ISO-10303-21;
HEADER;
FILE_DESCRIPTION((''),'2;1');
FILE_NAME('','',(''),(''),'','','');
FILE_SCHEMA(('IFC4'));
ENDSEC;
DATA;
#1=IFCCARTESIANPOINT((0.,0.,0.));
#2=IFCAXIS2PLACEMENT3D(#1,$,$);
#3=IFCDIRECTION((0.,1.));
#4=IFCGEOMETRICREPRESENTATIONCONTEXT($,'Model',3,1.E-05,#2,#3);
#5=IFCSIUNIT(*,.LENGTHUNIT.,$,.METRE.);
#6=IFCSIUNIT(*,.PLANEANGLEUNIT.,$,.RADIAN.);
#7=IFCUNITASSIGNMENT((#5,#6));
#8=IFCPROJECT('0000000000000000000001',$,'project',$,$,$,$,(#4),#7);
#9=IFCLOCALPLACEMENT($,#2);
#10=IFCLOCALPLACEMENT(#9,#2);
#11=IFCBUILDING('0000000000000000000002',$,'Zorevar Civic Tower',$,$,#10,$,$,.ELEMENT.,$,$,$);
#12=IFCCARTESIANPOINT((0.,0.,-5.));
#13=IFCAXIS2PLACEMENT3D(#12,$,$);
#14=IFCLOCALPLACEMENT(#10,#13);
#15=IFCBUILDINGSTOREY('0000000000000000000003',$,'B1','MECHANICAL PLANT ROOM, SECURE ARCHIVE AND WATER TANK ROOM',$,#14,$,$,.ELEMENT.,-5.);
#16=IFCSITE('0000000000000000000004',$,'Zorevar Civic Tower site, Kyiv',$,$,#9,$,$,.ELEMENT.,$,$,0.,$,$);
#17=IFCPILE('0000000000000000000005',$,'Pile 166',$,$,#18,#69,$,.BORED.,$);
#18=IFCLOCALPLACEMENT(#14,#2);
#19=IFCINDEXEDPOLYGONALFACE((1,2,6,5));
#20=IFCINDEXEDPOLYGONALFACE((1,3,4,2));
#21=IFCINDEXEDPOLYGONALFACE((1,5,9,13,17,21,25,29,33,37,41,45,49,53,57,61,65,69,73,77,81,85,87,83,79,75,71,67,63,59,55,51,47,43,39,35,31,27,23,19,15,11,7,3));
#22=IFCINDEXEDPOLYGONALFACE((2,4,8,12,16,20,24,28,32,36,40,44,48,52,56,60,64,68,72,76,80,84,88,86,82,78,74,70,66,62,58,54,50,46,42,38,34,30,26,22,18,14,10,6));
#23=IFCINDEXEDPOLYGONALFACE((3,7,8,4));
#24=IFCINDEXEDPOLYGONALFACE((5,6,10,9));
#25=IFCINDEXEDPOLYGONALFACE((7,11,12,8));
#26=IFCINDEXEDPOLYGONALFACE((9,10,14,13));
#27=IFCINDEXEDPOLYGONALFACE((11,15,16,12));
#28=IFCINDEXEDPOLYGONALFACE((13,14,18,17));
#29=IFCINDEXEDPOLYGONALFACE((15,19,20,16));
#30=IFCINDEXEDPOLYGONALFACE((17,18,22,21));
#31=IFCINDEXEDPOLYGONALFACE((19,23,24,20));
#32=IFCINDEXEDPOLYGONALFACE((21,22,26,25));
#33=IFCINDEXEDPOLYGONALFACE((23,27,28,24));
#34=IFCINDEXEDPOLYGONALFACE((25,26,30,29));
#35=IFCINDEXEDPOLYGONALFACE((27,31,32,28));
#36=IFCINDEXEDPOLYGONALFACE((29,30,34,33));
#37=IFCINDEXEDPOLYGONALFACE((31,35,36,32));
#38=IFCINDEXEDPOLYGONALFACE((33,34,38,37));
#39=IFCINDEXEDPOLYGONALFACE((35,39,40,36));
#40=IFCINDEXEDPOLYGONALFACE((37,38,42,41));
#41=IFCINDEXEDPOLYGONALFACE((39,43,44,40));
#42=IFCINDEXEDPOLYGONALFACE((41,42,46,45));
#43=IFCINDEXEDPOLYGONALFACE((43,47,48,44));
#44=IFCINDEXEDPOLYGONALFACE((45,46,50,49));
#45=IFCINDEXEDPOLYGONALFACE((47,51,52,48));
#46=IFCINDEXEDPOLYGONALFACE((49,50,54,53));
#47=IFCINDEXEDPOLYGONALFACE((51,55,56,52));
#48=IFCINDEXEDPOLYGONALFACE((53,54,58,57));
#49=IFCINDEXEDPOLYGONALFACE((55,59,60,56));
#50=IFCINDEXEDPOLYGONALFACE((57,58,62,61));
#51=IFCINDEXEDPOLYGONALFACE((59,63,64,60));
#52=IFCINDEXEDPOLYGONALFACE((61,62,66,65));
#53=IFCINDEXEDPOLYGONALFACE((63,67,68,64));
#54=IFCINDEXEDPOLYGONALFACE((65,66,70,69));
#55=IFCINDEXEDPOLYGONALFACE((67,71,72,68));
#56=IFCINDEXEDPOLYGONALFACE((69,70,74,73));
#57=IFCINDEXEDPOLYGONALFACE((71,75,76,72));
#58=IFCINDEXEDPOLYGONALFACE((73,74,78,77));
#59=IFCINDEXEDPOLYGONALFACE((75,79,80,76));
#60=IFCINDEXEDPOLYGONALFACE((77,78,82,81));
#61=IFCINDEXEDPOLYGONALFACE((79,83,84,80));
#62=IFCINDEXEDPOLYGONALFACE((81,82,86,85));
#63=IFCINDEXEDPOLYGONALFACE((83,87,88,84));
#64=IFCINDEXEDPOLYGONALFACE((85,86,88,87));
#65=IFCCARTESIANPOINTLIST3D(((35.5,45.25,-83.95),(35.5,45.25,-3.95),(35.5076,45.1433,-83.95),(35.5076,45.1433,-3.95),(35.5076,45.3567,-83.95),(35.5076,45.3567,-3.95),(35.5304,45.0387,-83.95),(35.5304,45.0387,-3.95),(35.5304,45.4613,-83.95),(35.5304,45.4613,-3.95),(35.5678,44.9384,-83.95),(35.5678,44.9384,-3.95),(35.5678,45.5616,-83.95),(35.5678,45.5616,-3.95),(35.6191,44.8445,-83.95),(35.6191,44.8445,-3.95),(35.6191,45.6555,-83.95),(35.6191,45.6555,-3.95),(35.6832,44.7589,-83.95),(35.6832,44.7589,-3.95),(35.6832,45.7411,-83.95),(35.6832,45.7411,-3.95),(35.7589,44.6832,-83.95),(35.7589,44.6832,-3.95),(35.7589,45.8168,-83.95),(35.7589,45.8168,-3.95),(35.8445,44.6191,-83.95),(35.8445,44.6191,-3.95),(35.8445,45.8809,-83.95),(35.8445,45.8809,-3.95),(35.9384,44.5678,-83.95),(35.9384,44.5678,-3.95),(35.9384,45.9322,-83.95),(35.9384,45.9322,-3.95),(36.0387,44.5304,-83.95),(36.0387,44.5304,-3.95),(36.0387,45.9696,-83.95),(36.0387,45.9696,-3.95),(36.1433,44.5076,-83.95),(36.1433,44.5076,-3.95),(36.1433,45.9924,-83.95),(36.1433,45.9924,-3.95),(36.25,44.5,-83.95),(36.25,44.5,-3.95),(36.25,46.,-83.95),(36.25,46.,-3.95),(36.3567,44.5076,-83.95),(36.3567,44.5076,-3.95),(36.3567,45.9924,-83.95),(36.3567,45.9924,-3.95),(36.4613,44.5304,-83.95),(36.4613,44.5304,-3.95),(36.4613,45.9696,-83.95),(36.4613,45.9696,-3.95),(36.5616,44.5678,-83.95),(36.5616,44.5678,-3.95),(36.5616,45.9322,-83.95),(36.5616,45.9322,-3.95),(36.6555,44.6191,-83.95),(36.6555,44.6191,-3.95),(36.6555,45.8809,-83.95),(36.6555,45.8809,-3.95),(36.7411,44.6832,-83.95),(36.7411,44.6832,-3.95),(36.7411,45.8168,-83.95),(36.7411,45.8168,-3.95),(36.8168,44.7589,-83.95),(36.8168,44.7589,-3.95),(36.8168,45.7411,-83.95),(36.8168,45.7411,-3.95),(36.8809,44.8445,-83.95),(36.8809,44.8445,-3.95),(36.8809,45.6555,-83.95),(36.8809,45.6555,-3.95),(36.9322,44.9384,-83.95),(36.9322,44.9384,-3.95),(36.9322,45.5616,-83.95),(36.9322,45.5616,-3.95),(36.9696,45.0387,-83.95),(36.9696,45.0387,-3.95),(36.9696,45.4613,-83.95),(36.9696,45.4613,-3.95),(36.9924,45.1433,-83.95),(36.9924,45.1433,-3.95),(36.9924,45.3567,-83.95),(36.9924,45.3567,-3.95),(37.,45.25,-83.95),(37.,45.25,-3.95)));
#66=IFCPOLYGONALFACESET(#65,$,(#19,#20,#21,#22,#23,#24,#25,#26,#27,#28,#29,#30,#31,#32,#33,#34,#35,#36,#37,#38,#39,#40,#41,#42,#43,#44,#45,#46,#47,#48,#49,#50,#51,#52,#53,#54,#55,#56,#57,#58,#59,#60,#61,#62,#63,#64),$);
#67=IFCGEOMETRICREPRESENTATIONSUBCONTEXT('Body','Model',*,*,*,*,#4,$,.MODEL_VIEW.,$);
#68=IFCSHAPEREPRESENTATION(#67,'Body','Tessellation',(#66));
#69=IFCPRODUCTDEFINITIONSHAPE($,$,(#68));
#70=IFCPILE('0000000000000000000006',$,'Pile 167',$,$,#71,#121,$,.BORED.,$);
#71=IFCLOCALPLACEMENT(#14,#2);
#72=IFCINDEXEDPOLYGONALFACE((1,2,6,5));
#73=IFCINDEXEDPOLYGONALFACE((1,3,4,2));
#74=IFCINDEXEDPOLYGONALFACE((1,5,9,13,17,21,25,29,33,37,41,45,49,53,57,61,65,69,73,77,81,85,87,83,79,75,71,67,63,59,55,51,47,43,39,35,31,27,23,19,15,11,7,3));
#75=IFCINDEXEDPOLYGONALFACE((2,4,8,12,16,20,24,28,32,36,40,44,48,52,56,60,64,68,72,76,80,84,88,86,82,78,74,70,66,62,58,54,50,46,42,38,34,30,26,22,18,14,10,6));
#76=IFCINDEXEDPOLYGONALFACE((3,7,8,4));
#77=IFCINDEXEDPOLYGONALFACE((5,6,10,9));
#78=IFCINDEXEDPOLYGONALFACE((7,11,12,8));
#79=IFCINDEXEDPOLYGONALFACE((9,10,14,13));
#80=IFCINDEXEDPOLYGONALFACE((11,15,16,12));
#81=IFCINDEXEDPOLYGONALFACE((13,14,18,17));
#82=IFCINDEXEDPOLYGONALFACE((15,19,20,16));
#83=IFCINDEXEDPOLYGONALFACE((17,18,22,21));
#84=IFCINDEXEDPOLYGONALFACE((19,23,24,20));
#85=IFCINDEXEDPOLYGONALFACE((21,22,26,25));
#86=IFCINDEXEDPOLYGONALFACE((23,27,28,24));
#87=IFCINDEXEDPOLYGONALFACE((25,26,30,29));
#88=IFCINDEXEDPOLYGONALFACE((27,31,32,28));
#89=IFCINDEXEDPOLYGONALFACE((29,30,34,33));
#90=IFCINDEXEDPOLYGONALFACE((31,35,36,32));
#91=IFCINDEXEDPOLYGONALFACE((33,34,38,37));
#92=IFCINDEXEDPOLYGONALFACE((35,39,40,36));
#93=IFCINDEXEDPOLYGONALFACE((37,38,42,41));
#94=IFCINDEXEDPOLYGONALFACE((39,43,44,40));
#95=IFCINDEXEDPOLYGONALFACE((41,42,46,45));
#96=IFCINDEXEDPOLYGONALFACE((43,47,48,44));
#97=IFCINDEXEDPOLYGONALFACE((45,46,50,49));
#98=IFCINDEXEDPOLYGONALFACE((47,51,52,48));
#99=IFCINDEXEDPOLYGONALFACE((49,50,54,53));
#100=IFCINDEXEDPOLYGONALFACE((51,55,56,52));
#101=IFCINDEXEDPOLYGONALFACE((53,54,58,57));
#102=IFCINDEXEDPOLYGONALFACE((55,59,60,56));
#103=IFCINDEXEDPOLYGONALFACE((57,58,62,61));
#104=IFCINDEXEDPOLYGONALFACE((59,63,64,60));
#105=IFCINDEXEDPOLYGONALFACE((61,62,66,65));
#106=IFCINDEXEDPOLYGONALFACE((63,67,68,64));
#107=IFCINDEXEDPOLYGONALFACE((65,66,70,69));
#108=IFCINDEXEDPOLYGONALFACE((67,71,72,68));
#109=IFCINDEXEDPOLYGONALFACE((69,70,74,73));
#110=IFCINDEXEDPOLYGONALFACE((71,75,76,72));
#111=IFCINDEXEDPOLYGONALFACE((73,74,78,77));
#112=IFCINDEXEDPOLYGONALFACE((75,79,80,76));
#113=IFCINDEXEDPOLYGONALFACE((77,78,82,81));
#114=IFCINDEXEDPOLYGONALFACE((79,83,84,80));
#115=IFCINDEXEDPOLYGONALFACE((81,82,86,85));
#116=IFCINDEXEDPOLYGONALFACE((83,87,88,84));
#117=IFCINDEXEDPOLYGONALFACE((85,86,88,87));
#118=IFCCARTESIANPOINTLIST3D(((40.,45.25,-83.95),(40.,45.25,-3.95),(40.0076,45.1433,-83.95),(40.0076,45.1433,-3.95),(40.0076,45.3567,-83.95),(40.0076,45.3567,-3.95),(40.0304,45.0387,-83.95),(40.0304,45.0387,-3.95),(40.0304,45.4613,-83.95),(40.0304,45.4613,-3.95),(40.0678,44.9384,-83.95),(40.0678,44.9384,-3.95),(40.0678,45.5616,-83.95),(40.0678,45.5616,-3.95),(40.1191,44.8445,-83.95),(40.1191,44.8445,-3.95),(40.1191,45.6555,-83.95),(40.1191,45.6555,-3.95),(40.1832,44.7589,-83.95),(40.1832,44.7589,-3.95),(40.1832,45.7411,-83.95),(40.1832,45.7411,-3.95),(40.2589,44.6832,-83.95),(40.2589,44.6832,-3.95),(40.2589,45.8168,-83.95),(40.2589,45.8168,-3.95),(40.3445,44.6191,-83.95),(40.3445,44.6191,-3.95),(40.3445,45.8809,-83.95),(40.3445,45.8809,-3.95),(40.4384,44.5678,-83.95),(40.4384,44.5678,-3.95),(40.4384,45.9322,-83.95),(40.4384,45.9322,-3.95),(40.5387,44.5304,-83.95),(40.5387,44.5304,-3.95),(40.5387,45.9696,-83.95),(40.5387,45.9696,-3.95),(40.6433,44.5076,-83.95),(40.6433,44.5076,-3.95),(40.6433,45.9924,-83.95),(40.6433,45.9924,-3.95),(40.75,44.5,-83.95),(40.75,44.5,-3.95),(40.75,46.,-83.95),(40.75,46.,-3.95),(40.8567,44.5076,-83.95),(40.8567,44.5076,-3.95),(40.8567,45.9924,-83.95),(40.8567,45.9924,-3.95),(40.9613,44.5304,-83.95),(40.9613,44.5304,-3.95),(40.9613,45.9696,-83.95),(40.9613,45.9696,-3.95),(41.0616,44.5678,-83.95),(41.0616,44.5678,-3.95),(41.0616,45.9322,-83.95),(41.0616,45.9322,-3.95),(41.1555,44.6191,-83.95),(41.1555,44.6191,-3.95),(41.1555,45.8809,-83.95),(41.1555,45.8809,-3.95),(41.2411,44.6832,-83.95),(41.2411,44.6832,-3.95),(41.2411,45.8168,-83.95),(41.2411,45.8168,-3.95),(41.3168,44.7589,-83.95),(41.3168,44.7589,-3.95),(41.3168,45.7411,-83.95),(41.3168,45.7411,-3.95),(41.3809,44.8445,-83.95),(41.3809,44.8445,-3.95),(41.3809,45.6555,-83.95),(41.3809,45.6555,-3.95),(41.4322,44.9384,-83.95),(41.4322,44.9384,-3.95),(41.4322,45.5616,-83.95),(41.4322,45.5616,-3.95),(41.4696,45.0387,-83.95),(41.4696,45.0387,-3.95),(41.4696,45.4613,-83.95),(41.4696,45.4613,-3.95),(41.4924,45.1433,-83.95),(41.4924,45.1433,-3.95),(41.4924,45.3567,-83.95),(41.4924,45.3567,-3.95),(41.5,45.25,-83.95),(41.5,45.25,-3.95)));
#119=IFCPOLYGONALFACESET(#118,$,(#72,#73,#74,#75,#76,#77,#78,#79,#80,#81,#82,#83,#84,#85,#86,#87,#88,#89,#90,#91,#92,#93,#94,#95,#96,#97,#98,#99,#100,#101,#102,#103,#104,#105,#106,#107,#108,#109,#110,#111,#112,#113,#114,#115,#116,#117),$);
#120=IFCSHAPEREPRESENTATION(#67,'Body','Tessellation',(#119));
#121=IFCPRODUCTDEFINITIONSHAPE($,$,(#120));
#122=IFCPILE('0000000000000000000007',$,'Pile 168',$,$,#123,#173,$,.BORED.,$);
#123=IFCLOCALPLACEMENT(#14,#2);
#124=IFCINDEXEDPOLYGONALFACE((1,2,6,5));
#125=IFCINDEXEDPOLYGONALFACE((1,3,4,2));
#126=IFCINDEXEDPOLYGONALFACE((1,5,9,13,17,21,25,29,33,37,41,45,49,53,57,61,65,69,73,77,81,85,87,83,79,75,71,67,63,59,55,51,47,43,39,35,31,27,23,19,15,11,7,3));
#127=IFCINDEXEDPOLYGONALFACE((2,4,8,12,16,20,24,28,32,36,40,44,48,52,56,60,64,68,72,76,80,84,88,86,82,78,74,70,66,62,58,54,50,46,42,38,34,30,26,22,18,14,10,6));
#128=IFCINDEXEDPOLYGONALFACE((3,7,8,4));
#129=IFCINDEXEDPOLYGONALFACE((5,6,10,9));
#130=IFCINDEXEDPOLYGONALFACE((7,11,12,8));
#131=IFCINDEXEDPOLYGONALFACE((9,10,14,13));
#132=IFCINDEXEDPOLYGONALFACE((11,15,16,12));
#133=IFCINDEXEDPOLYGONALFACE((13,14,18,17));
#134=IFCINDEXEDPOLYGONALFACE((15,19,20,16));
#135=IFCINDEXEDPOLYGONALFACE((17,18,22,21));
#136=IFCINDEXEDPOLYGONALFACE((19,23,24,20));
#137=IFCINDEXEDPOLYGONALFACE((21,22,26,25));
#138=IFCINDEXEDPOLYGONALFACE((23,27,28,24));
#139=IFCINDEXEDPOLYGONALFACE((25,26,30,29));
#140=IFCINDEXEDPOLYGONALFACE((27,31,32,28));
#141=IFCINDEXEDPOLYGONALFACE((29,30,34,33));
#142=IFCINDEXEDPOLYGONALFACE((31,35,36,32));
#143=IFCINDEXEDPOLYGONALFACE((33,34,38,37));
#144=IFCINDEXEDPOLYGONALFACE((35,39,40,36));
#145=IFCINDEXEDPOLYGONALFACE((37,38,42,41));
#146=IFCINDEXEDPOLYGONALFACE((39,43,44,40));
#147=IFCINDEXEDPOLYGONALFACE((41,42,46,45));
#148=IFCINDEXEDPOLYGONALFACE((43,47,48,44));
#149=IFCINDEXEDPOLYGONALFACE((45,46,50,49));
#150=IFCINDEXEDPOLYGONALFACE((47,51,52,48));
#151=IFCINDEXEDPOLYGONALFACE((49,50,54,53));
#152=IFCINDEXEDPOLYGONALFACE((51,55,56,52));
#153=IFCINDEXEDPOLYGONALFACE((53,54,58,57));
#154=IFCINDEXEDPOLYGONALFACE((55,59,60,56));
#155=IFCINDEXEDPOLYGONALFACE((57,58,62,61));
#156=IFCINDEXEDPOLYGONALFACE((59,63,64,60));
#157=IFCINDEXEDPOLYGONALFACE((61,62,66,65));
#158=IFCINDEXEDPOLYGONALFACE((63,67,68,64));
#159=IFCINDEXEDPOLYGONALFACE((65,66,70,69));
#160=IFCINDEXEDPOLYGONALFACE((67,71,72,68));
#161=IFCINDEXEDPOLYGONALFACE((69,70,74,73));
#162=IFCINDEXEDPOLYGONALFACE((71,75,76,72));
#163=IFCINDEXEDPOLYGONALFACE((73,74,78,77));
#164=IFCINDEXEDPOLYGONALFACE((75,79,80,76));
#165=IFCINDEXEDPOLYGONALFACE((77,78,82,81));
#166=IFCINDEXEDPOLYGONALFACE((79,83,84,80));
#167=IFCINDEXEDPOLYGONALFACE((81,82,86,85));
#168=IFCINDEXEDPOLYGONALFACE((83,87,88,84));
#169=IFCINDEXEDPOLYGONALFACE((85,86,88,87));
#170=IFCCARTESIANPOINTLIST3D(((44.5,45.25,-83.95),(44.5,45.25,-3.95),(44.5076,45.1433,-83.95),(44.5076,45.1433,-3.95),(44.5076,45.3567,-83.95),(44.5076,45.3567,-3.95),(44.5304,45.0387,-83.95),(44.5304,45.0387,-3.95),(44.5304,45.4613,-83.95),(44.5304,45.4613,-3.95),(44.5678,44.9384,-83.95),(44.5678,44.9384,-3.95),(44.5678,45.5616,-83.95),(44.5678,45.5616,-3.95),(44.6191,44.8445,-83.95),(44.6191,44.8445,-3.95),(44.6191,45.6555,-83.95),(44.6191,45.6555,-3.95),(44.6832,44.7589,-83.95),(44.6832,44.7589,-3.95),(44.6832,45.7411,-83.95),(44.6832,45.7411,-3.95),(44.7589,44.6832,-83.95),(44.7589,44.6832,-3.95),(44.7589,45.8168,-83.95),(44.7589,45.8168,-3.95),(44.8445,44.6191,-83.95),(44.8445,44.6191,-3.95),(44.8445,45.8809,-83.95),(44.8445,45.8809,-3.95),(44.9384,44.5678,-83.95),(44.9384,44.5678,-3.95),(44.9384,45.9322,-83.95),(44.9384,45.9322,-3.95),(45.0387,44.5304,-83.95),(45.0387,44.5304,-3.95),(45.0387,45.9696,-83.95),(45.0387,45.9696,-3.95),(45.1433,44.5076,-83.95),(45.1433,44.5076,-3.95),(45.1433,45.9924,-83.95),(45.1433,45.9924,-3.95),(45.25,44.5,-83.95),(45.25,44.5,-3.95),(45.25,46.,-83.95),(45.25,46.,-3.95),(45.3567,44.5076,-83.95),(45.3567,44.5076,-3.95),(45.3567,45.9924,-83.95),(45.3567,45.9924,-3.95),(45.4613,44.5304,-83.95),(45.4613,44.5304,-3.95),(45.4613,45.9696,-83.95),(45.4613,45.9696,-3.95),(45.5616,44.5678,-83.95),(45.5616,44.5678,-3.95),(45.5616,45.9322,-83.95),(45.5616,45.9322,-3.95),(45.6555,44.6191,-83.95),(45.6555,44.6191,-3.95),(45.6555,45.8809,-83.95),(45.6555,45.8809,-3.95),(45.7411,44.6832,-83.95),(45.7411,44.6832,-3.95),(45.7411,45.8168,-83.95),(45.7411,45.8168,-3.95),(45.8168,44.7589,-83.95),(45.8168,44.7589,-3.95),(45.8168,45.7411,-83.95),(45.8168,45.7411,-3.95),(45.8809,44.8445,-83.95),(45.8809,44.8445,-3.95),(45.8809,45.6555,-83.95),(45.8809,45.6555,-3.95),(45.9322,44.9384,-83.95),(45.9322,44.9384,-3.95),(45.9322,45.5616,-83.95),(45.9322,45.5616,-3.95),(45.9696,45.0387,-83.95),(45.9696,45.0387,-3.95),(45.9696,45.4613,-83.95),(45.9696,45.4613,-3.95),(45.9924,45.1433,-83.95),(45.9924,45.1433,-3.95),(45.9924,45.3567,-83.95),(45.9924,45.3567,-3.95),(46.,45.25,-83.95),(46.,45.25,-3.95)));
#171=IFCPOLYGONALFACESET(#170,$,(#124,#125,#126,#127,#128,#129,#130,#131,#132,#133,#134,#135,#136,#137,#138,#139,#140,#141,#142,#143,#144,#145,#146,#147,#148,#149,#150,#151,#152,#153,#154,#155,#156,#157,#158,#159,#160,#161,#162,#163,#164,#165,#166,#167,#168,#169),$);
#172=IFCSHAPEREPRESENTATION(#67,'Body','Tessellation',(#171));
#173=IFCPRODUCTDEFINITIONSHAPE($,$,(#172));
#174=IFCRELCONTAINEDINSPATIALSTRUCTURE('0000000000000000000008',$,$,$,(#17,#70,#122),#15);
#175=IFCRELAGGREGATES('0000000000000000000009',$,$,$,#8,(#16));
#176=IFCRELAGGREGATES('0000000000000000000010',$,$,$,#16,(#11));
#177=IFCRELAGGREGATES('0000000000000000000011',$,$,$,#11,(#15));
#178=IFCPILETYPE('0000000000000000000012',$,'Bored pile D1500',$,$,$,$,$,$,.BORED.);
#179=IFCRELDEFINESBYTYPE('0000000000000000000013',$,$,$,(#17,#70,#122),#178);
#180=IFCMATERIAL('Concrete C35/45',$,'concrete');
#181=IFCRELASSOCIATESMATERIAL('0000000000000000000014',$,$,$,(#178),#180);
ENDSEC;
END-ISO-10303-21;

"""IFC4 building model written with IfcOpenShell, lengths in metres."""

from ifc_helpers import new_model, si_unit, direction, frame, origin, origin_2d, place, context, subcontext, project, spatial, circle, extrude, material, type_object, element, save


model = new_model("IFC4")

# Units and contexts
model_context = context("Model", 3, precision=1e-05, world=origin(), true_north=direction((0.0, 1.0)))
body_context = subcontext(model_context, "Body", "Model", "MODEL_VIEW")
ifc_project = project(units=[si_unit("LENGTHUNIT", "METRE"), si_unit("PLANEANGLEUNIT", "RADIAN")], contexts=[model_context])

# Site, building, storey
site_placement = place(None, origin())
site = spatial("IfcSite", under=ifc_project, at=site_placement, Name="Zorevar Civic Tower site, Kyiv", CompositionType="ELEMENT", RefElevation=0.0)
building_placement = place(site_placement, origin())
building = spatial("IfcBuilding", under=site, at=building_placement, Name="Zorevar Civic Tower", CompositionType="ELEMENT")
storey_placement = place(building_placement, frame((0.0, 0.0, -5.0)))
storey = spatial("IfcBuildingStorey", under=building, at=storey_placement, Name="B1", Description="MECHANICAL PLANT ROOM, SECURE ARCHIVE AND WATER TANK ROOM", CompositionType="ELEMENT", Elevation=-5.0)

# Piles
ifc_material_1 = material(Name="Concrete C35/45", Category="concrete")
pile_type = type_object("IfcPileType", Name="Bored pile D1500", PredefinedType="BORED", material=ifc_material_1)
for number, where, z_axis, x_axis, name in (
    (1, (36.25, 45.25, -3.95), (0.0, 0.0, -1.0), (1.0, 0.0, 0.0), "Pile 166"),
    (2, (40.75, 45.25, -3.95), (0.0, 0.0, -1.0), (1.0, 0.0, 0.0), "Pile 167"),
    (3, (45.25, 45.25, -3.95), (0.0, 0.0, -1.0), (1.0, 0.0, 0.0), "Pile 168"),
):
    element("IfcPile", number, at=place(storey_placement, frame(where, z_axis=z_axis, x_axis=x_axis)), inside=storey, type_object=pile_type, Name=name, PredefinedType="BORED", context=body_context, shape_type="SweptSolid", body=[
        extrude(circle(Radius=0.75, at=origin_2d()), origin(), (0.0, 0.0, 1.0), 80.0),
    ])

save(model, "model.ifc")
